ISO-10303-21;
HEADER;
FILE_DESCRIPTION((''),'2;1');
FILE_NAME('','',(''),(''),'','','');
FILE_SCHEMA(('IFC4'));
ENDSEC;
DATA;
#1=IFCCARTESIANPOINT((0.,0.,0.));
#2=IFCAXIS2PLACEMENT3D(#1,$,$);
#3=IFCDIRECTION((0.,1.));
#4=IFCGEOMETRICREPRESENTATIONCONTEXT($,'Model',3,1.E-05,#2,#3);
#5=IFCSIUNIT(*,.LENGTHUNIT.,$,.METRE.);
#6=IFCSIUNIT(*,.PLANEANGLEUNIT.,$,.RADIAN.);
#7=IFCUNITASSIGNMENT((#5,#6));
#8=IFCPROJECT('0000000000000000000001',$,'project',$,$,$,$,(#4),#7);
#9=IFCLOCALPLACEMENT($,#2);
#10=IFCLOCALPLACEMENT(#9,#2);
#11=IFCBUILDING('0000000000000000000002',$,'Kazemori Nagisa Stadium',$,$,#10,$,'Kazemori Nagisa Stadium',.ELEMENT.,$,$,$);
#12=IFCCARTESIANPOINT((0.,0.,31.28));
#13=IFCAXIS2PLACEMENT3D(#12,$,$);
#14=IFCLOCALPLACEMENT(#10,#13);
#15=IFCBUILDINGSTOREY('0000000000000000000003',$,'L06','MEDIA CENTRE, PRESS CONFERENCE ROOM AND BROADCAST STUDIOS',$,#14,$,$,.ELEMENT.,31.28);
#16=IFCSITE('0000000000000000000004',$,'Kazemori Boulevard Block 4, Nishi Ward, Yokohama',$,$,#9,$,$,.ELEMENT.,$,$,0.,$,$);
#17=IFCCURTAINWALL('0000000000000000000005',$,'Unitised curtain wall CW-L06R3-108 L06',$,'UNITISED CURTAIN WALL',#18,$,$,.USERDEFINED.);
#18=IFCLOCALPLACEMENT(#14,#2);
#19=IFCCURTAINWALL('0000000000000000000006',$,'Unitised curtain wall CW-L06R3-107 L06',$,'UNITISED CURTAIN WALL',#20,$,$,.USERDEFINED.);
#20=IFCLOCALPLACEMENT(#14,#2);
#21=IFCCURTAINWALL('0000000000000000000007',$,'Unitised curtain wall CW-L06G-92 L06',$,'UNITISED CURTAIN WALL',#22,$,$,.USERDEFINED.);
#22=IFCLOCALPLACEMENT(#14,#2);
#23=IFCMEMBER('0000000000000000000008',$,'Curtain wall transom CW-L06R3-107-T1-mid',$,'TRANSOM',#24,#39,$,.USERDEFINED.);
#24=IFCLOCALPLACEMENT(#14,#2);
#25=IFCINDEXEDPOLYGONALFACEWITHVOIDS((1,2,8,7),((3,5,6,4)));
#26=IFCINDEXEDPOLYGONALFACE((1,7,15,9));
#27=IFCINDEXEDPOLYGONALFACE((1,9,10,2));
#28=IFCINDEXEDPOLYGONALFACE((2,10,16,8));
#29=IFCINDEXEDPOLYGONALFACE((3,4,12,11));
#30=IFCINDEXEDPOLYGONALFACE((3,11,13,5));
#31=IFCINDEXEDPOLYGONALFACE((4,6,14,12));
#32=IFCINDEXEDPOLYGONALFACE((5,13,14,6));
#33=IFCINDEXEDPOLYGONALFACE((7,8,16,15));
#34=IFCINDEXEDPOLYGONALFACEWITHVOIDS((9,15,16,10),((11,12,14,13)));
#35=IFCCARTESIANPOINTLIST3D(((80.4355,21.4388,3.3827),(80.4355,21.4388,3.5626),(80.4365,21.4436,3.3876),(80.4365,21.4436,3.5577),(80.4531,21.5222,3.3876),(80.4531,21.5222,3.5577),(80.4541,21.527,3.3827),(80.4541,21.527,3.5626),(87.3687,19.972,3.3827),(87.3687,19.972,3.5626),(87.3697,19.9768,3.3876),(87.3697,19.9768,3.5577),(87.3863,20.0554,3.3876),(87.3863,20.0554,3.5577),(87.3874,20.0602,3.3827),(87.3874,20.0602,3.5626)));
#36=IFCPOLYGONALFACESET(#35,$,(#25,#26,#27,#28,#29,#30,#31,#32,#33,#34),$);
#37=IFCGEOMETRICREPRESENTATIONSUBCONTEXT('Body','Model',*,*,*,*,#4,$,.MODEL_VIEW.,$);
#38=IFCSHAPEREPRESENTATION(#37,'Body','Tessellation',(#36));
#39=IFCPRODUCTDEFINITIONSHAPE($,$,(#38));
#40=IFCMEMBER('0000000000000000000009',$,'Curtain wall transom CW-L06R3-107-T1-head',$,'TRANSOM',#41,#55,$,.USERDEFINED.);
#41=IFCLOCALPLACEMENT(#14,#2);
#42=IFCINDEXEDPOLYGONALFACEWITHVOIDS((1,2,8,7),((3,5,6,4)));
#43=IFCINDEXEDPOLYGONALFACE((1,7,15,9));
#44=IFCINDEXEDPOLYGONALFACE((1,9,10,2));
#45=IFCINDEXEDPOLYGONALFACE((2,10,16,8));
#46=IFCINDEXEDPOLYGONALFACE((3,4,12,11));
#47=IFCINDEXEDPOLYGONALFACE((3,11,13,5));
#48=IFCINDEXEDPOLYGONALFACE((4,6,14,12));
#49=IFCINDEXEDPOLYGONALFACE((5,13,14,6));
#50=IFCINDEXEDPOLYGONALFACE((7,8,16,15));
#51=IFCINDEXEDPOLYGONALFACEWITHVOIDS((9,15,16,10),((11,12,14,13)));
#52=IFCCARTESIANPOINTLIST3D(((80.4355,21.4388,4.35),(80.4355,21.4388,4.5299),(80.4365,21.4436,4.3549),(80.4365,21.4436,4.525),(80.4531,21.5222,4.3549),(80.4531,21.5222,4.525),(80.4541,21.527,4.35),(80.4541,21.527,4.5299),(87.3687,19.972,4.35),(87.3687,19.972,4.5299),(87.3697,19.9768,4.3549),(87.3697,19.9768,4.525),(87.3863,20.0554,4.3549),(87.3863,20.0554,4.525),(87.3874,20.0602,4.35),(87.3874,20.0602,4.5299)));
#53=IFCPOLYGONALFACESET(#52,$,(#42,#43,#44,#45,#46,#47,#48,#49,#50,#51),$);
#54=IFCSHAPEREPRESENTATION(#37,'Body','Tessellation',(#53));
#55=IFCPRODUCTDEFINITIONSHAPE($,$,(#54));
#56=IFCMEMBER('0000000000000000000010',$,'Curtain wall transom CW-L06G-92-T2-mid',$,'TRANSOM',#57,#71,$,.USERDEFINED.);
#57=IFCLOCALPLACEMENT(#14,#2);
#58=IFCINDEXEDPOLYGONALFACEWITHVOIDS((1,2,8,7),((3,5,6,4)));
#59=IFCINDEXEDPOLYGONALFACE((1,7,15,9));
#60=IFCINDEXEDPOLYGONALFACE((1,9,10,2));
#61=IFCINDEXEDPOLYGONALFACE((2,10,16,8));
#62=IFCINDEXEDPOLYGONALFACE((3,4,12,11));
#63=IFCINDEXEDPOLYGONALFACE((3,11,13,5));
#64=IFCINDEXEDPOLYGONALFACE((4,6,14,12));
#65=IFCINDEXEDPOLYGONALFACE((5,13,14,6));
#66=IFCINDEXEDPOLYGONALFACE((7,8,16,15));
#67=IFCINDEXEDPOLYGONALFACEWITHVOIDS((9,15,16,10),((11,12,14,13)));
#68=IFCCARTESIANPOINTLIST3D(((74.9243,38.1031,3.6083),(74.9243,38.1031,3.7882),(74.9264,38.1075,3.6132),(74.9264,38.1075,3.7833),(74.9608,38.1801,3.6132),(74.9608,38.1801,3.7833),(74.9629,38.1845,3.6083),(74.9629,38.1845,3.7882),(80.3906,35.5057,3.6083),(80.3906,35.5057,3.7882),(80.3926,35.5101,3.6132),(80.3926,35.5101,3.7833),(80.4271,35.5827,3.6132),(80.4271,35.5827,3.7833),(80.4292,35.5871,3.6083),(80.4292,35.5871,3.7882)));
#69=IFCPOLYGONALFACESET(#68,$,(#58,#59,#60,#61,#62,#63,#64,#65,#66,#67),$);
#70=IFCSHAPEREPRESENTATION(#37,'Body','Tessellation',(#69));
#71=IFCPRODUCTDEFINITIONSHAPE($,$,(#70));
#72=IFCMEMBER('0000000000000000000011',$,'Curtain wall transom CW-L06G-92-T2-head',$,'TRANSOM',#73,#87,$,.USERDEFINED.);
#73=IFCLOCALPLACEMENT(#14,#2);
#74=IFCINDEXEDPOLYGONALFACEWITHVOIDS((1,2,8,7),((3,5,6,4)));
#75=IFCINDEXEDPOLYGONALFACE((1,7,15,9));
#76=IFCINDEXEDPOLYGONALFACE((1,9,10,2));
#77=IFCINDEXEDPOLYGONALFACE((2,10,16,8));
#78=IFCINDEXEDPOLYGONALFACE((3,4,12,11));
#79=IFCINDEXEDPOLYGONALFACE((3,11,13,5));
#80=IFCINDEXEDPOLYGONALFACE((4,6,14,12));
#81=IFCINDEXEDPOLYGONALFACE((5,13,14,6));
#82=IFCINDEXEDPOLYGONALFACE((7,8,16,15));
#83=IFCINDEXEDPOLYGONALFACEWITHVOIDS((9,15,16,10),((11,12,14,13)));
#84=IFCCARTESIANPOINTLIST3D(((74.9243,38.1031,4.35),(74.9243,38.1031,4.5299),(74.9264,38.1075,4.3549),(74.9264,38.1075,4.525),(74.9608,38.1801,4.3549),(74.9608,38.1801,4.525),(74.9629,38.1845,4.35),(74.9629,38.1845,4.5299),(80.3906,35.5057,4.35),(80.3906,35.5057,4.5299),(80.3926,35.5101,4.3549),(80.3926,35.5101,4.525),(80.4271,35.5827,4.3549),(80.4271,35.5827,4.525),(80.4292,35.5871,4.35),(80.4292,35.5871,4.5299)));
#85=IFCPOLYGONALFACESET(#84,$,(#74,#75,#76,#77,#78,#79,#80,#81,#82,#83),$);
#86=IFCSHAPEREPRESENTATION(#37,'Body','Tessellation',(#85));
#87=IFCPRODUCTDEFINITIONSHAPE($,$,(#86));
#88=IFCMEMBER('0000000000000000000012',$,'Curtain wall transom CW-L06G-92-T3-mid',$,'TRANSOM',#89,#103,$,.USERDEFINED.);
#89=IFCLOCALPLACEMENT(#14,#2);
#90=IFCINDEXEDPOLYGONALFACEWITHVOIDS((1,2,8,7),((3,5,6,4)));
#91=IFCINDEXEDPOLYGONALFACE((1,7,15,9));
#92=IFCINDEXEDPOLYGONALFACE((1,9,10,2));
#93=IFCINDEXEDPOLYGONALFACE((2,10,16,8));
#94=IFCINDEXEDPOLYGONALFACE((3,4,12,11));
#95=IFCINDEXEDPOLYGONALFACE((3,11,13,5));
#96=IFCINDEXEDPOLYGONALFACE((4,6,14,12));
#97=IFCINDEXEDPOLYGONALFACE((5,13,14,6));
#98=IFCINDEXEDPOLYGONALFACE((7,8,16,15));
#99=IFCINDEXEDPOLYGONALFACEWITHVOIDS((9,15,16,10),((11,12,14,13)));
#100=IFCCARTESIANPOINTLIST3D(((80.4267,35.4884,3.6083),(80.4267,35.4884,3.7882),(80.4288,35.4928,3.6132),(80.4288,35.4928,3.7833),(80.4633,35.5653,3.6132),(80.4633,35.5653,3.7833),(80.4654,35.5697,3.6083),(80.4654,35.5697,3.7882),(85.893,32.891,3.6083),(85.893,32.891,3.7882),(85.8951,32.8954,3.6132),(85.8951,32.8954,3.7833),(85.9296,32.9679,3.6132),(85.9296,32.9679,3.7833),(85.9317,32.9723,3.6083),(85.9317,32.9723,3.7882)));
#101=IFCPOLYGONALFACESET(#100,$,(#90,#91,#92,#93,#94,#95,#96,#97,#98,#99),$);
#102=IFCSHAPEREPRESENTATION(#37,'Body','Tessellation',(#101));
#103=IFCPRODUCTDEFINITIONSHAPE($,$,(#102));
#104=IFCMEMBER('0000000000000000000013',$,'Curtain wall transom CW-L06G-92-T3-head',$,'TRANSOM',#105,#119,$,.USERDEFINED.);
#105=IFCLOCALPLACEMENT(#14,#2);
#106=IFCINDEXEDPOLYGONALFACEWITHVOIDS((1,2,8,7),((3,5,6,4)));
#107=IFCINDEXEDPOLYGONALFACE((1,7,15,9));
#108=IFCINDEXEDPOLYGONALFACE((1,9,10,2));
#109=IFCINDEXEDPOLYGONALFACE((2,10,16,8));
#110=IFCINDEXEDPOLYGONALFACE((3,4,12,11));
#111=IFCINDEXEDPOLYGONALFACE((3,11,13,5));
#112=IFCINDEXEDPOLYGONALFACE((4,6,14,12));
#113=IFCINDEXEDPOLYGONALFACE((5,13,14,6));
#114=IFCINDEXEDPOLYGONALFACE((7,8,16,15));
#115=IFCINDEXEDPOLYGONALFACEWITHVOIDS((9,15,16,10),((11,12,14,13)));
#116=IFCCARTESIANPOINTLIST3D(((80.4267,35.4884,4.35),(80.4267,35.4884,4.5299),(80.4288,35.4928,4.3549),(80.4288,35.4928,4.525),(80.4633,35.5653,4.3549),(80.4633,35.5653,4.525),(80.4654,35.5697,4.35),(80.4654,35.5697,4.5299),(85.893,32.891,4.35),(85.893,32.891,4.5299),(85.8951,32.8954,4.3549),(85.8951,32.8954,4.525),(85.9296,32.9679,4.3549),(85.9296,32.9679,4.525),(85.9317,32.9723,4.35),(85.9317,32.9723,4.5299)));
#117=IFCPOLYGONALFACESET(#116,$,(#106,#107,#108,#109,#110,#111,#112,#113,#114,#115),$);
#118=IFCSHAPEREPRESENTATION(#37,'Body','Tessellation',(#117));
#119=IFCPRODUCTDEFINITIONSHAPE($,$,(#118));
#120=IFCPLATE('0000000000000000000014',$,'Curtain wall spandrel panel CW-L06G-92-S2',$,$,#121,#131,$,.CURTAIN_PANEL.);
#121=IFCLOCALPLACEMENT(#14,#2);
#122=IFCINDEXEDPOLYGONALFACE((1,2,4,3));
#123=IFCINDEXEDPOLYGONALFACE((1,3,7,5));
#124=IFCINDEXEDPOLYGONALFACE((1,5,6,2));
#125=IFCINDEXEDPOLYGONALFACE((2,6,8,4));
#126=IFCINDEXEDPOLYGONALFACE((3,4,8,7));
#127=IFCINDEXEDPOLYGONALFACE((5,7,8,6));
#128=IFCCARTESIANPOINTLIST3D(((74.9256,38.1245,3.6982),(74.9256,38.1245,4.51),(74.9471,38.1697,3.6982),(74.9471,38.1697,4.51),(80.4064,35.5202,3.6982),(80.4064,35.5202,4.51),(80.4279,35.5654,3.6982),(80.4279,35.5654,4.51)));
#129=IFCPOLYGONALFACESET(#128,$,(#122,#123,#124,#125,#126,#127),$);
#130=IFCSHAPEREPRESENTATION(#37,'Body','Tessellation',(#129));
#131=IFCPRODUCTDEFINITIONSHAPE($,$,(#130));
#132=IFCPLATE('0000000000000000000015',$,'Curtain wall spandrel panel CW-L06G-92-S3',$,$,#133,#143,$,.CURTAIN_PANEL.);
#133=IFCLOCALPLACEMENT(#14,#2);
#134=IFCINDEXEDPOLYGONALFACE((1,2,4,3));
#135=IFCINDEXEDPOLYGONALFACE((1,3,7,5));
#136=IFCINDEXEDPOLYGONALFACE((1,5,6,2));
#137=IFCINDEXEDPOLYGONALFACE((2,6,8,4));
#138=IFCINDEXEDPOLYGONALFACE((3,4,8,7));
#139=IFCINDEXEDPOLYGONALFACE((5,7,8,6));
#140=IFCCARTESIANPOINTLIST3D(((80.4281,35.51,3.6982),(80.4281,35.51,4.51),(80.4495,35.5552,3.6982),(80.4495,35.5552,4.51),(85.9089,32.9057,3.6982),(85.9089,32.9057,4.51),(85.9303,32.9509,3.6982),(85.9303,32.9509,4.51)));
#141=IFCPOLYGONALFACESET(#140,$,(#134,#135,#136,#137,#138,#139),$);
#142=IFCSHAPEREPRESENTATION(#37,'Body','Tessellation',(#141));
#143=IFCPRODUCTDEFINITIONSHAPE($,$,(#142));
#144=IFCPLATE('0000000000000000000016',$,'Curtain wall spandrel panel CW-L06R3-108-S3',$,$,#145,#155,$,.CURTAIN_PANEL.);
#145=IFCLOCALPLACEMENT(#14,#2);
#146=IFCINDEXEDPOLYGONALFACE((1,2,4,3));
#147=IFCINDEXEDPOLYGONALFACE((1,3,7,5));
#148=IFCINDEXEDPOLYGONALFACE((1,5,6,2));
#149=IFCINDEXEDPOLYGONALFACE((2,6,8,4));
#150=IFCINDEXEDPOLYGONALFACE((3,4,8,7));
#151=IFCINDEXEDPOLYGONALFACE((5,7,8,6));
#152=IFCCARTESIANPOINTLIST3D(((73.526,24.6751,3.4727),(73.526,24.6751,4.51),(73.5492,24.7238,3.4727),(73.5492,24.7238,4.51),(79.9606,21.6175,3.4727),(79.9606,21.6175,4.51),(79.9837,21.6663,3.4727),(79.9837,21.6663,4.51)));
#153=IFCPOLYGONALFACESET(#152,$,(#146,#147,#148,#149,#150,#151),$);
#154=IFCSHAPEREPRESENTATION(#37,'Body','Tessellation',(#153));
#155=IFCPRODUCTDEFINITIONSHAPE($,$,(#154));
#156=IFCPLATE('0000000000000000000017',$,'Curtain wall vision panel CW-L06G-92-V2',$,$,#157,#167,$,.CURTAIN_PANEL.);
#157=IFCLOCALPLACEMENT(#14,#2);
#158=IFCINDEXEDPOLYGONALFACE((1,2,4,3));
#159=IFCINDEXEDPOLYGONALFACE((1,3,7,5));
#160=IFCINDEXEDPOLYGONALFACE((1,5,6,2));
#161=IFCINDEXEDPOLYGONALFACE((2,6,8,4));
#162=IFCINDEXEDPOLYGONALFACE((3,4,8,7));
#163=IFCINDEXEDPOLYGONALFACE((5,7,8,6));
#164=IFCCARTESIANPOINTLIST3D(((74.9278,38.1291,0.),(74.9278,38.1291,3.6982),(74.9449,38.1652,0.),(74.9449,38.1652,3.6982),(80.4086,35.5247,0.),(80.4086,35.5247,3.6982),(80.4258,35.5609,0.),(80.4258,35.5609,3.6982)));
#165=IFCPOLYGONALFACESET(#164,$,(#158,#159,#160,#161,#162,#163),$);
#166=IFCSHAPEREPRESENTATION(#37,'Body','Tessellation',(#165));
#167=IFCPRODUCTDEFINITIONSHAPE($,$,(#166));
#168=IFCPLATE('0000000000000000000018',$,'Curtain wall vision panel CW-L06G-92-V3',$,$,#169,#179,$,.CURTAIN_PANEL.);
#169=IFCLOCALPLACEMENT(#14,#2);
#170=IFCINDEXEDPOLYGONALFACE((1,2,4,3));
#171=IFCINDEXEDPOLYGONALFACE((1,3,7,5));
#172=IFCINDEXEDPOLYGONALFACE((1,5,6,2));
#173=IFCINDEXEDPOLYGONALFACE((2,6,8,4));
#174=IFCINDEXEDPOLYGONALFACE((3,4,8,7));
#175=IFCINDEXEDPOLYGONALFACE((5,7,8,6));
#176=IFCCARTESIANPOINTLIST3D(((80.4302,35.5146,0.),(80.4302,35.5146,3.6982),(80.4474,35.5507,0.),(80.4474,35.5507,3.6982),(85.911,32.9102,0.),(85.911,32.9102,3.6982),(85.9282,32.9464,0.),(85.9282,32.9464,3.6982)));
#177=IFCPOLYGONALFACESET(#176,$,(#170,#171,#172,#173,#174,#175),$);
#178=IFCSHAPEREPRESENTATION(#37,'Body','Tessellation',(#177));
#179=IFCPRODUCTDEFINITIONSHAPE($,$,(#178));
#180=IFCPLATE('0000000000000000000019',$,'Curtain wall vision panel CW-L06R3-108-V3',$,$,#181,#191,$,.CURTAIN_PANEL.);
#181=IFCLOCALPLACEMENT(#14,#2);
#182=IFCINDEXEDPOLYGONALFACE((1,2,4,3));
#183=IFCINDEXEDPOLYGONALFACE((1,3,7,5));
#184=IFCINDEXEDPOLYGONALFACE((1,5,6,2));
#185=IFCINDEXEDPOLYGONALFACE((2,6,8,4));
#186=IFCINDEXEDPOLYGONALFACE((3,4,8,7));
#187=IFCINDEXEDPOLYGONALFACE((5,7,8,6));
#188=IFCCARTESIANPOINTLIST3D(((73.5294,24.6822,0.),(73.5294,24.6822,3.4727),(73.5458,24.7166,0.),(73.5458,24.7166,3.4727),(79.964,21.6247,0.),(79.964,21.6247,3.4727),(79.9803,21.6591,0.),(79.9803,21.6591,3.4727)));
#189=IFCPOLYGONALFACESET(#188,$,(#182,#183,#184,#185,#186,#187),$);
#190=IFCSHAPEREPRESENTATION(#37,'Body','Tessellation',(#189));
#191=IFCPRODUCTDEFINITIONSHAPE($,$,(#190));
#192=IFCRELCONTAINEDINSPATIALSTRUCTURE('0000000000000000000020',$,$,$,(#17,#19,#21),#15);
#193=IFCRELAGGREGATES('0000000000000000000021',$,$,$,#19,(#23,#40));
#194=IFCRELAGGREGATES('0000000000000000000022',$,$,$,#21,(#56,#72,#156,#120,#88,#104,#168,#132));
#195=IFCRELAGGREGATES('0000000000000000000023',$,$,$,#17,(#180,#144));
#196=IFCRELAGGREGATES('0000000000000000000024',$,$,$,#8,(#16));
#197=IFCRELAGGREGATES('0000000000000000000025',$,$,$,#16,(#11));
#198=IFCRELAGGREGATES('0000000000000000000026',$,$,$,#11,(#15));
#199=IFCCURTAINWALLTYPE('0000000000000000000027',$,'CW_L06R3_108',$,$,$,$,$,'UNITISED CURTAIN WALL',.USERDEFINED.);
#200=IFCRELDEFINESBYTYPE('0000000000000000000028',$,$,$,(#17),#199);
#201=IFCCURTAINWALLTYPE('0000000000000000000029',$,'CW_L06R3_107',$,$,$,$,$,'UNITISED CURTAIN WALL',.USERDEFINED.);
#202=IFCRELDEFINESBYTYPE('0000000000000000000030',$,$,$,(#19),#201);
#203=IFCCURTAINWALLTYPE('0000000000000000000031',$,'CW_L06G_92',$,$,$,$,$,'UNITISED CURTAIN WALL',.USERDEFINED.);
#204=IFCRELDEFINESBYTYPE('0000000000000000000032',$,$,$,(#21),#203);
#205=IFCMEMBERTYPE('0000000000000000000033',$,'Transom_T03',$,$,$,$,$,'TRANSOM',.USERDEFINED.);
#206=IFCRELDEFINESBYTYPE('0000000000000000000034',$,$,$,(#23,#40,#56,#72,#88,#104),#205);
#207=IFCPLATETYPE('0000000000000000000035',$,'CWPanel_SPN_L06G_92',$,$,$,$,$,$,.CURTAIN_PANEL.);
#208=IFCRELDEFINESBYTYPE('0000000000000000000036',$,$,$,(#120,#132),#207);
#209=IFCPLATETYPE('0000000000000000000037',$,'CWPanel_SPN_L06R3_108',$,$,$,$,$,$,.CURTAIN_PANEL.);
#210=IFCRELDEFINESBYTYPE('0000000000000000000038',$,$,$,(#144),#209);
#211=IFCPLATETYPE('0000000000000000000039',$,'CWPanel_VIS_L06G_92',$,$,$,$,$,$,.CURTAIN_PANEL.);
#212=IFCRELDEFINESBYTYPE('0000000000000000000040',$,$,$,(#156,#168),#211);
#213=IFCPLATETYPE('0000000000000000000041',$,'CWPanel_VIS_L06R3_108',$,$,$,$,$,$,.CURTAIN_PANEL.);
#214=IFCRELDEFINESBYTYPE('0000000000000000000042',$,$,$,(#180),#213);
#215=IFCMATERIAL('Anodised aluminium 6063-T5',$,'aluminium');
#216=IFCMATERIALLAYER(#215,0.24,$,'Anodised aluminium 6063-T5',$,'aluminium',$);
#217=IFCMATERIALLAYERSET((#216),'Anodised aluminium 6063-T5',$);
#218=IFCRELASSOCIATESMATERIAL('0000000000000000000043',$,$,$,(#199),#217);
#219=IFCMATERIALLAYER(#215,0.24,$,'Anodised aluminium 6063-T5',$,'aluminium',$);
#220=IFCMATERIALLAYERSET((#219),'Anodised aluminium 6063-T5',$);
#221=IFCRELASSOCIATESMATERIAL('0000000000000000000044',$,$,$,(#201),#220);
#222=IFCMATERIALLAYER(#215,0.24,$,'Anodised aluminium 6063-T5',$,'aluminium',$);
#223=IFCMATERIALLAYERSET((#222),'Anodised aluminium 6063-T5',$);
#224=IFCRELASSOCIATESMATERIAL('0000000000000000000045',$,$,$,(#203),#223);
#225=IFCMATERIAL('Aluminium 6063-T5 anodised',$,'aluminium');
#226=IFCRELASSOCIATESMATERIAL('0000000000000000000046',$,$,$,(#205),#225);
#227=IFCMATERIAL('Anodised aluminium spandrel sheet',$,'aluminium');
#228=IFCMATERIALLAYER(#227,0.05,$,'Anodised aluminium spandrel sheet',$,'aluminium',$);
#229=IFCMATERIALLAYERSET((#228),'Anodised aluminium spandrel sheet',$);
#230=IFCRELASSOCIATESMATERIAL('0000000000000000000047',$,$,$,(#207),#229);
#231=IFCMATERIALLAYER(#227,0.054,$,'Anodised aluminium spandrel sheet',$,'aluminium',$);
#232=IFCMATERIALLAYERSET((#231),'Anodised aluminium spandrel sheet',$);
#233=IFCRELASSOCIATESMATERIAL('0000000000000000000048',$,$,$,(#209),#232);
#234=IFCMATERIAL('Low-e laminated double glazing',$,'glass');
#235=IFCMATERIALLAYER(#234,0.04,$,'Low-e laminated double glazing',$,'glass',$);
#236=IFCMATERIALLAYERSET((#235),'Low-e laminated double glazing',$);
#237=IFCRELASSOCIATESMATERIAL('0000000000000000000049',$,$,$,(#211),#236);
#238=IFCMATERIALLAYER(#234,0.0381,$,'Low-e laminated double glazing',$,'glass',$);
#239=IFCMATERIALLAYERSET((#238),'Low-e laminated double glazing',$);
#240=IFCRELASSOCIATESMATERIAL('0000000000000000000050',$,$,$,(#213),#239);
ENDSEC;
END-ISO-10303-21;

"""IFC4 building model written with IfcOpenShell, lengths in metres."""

from ifc_helpers import new_model, si_unit, direction, frame, origin, origin_2d, place, context, subcontext, project, spatial, rectangle, hollow_rectangle, extrude, material, layer, layer_set, material_profile, profile_set, type_object, element, aggregate, save


model = new_model("IFC4")

# Units and contexts
model_context = context("Model", 3, precision=1e-05, world=origin(), true_north=direction((0.0, 1.0)))
body_context = subcontext(model_context, "Body", "Model", "MODEL_VIEW")
ifc_project = project(units=[si_unit("LENGTHUNIT", "METRE"), si_unit("PLANEANGLEUNIT", "RADIAN")], contexts=[model_context])

# Site, building, storey
site_placement = place(None, origin())
site = spatial("IfcSite", under=ifc_project, at=site_placement, Name="Kazemori Boulevard Block 4, Nishi Ward, Yokohama", CompositionType="ELEMENT", RefElevation=0.0)
building_placement = place(site_placement, origin())
building = spatial("IfcBuilding", under=site, at=building_placement, Name="Kazemori Nagisa Stadium", LongName="Kazemori Nagisa Stadium", CompositionType="ELEMENT")
storey_placement = place(building_placement, frame((0.0, 0.0, 31.28)))
storey = spatial("IfcBuildingStorey", under=building, at=storey_placement, Name="L06", Description="MEDIA CENTRE, PRESS CONFERENCE ROOM AND BROADCAST STUDIOS", CompositionType="ELEMENT", Elevation=31.28)

# Curtain walls
ifc_material_1 = material(Name="Anodised aluminium 6063-T5", Category="aluminium")
ifc_layer_1 = layer(ifc_material_1, 0.24, Name="Anodised aluminium 6063-T5", Category="aluminium")
ifc_layer_set_1 = layer_set([ifc_layer_1], Name="Anodised aluminium 6063-T5")
curtain_wall_type_1 = type_object("IfcCurtainWallType", Name="CW_L06R3_108", ElementType="UNITISED CURTAIN WALL", PredefinedType="USERDEFINED", material=ifc_layer_set_1)
curtain_wall_1_placement = place(storey_placement, origin())
curtain_wall_1 = element("IfcCurtainWall", 1, at=curtain_wall_1_placement, inside=storey, type_object=curtain_wall_type_1, Name="Unitised curtain wall CW-L06R3-108 L06", ObjectType="UNITISED CURTAIN WALL", PredefinedType="USERDEFINED")
ifc_material_2 = material(Name="Aluminium 6063-T5 anodised", Category="aluminium")
ifc_layer_2 = layer(ifc_material_1, 0.24, Name="Anodised aluminium 6063-T5", Category="aluminium")
ifc_layer_set_2 = layer_set([ifc_layer_2], Name="Anodised aluminium 6063-T5")
curtain_wall_type_2 = type_object("IfcCurtainWallType", Name="CW_L06R3_107", ElementType="UNITISED CURTAIN WALL", PredefinedType="USERDEFINED", material=ifc_layer_set_2)
curtain_wall_2_placement = place(storey_placement, origin())
curtain_wall_2 = element("IfcCurtainWall", 2, at=curtain_wall_2_placement, inside=storey, type_object=curtain_wall_type_2, Name="Unitised curtain wall CW-L06R3-107 L06", ObjectType="UNITISED CURTAIN WALL", PredefinedType="USERDEFINED")

# Curtain wall
ifc_layer_3 = layer(ifc_material_1, 0.24, Name="Anodised aluminium 6063-T5", Category="aluminium")
ifc_layer_set_3 = layer_set([ifc_layer_3], Name="Anodised aluminium 6063-T5")
curtain_wall_type_3 = type_object("IfcCurtainWallType", Name="CW_L06G_92", ElementType="UNITISED CURTAIN WALL", PredefinedType="USERDEFINED", material=ifc_layer_set_3)
curtain_wall_3_placement = place(storey_placement, origin())
curtain_wall_3 = element("IfcCurtainWall", 3, at=curtain_wall_3_placement, inside=storey, type_object=curtain_wall_type_3, Name="Unitised curtain wall CW-L06G-92 L06", ObjectType="UNITISED CURTAIN WALL", PredefinedType="USERDEFINED")

# Members
ifc_material_profile_1 = material_profile(ifc_material_2, hollow_rectangle(XDim=0.0901, YDim=0.1799, WallThickness=0.0049, at=origin_2d()), Name="ALU-TRAN-90x180x5")
ifc_profile_set_1 = profile_set([ifc_material_profile_1], Name="Aluminium 6063-T5 anodised")
member_type_1 = type_object("IfcMemberType", Name="Transom_T03", ElementType="TRANSOM", PredefinedType="USERDEFINED", material=ifc_profile_set_1)
member_1_placement = place(storey_placement, frame((80.4448, 21.4829, 3.4727), z_axis=(0.978345, -0.206983, 0.0), x_axis=(0.206983, 0.978345, 0.0)))
member_1 = element("IfcMember", 4, at=member_1_placement, type_object=member_type_1, Name="Curtain wall transom CW-L06R3-107-T1-mid", ObjectType="TRANSOM", PredefinedType="USERDEFINED", context=body_context, shape_type="SweptSolid", body=[
    extrude(hollow_rectangle(XDim=0.0901, YDim=0.1799, WallThickness=0.0049, at=origin_2d()), origin(), (0.0, 0.0, 1.0), 7.0867),
])
member_2_placement = place(storey_placement, frame((80.4448, 21.4829, 4.4399), z_axis=(0.978345, -0.206983, 0.0), x_axis=(0.206983, 0.978345, 0.0)))
member_2 = element("IfcMember", 5, at=member_2_placement, type_object=member_type_1, Name="Curtain wall transom CW-L06R3-107-T1-head", ObjectType="TRANSOM", PredefinedType="USERDEFINED", context=body_context, shape_type="SweptSolid", body=[
    extrude(hollow_rectangle(XDim=0.0901, YDim=0.1799, WallThickness=0.0049, at=origin_2d()), origin(), (0.0, 0.0, 1.0), 7.0867),
])
aggregate(curtain_wall_2, [member_1, member_2])
member_3_placement = place(storey_placement, frame((74.9436, 38.1438, 3.6982), z_axis=(0.903219, -0.42918, 0.0), x_axis=(0.42918, 0.903219, 0.0)))
member_3 = element("IfcMember", 6, at=member_3_placement, type_object=member_type_1, Name="Curtain wall transom CW-L06G-92-T2-mid", ObjectType="TRANSOM", PredefinedType="USERDEFINED", context=body_context, shape_type="SweptSolid", body=[
    extrude(hollow_rectangle(XDim=0.0901, YDim=0.1799, WallThickness=0.0049, at=origin_2d()), origin(), (0.0, 0.0, 1.0), 6.052),
])
member_4_placement = place(storey_placement, frame((74.9436, 38.1438, 4.4399), z_axis=(0.903219, -0.42918, 0.0), x_axis=(0.42918, 0.903219, 0.0)))
member_4 = element("IfcMember", 7, at=member_4_placement, type_object=member_type_1, Name="Curtain wall transom CW-L06G-92-T2-head", ObjectType="TRANSOM", PredefinedType="USERDEFINED", context=body_context, shape_type="SweptSolid", body=[
    extrude(hollow_rectangle(XDim=0.0901, YDim=0.1799, WallThickness=0.0049, at=origin_2d()), origin(), (0.0, 0.0, 1.0), 6.052),
])
member_5_placement = place(storey_placement, frame((80.446, 35.5291, 3.6982), z_axis=(0.903219, -0.42918, 0.0), x_axis=(0.42918, 0.903219, 0.0)))
member_5 = element("IfcMember", 8, at=member_5_placement, type_object=member_type_1, Name="Curtain wall transom CW-L06G-92-T3-mid", ObjectType="TRANSOM", PredefinedType="USERDEFINED", context=body_context, shape_type="SweptSolid", body=[
    extrude(hollow_rectangle(XDim=0.0901, YDim=0.1799, WallThickness=0.0049, at=origin_2d()), origin(), (0.0, 0.0, 1.0), 6.052),
])
member_6_placement = place(storey_placement, frame((80.446, 35.5291, 4.4399), z_axis=(0.903219, -0.42918, 0.0), x_axis=(0.42918, 0.903219, 0.0)))
member_6 = element("IfcMember", 9, at=member_6_placement, type_object=member_type_1, Name="Curtain wall transom CW-L06G-92-T3-head", ObjectType="TRANSOM", PredefinedType="USERDEFINED", context=body_context, shape_type="SweptSolid", body=[
    extrude(hollow_rectangle(XDim=0.0901, YDim=0.1799, WallThickness=0.0049, at=origin_2d()), origin(), (0.0, 0.0, 1.0), 6.052),
])

# Plates
ifc_material_3 = material(Name="Anodised aluminium spandrel sheet", Category="aluminium")
ifc_layer_4 = layer(ifc_material_3, 0.05, Name="Anodised aluminium spandrel sheet", Category="aluminium")
ifc_layer_set_4 = layer_set([ifc_layer_4], Name="Anodised aluminium spandrel sheet")
plate_type_1 = type_object("IfcPlateType", Name="CWPanel_SPN_L06G_92", PredefinedType="CURTAIN_PANEL", material=ifc_layer_set_4)
plate_1_placement = place(storey_placement, frame((77.6768, 36.845, 3.6982), z_axis=(0.0, 0.0, 1.0), x_axis=(0.903216, -0.429186, 0.0)))
plate_1 = element("IfcPlate", 10, at=plate_1_placement, type_object=plate_type_1, Name="Curtain wall spandrel panel CW-L06G-92-S2", PredefinedType="CURTAIN_PANEL", context=body_context, shape_type="SweptSolid", body=[
    extrude(rectangle(XDim=6.0681, YDim=0.05, at=origin_2d()), origin(), (0.0, 0.0, 1.0), 0.8118),
])
plate_2_placement = place(storey_placement, frame((83.1792, 34.2305, 3.6982), z_axis=(0.0, 0.0, 1.0), x_axis=(0.903216, -0.429186, 0.0)))
plate_2 = element("IfcPlate", 11, at=plate_2_placement, type_object=plate_type_1, Name="Curtain wall spandrel panel CW-L06G-92-S3", PredefinedType="CURTAIN_PANEL", context=body_context, shape_type="SweptSolid", body=[
    extrude(rectangle(XDim=6.0681, YDim=0.05, at=origin_2d()), origin(), (0.0, 0.0, 1.0), 0.8118),
])
ifc_layer_5 = layer(ifc_material_3, 0.054, Name="Anodised aluminium spandrel sheet", Category="aluminium")
ifc_layer_set_5 = layer_set([ifc_layer_5], Name="Anodised aluminium spandrel sheet")
plate_type_2 = type_object("IfcPlateType", Name="CWPanel_SPN_L06R3_108", PredefinedType="CURTAIN_PANEL", material=ifc_layer_set_5)
plate_3_placement = place(storey_placement, frame((76.7549, 23.1707, 3.4727), z_axis=(0.0, 0.0, 1.0), x_axis=(0.903216, -0.429186, 0.0)))
plate_3 = element("IfcPlate", 12, at=plate_3_placement, type_object=plate_type_2, Name="Curtain wall spandrel panel CW-L06R3-108-S3", PredefinedType="CURTAIN_PANEL", context=body_context, shape_type="SweptSolid", body=[
    extrude(rectangle(XDim=7.124, YDim=0.054, at=origin_2d()), origin(), (0.0, 0.0, 1.0), 1.0374),
])
ifc_material_4 = material(Name="Low-e laminated double glazing", Category="glass")
ifc_layer_6 = layer(ifc_material_4, 0.04, Name="Low-e laminated double glazing", Category="glass")
ifc_layer_set_6 = layer_set([ifc_layer_6], Name="Low-e laminated double glazing")
plate_type_3 = type_object("IfcPlateType", Name="CWPanel_VIS_L06G_92", PredefinedType="CURTAIN_PANEL", material=ifc_layer_set_6)
plate_4_placement = place(storey_placement, frame((77.6768, 36.845, 0.0), z_axis=(0.0, 0.0, 1.0), x_axis=(0.903216, -0.429186, 0.0)))
plate_4 = element("IfcPlate", 13, at=plate_4_placement, type_object=plate_type_3, Name="Curtain wall vision panel CW-L06G-92-V2", PredefinedType="CURTAIN_PANEL", context=body_context, shape_type="SweptSolid", body=[
    extrude(rectangle(XDim=6.0681, YDim=0.04, at=origin_2d()), origin(), (0.0, 0.0, 1.0), 3.6982),
])
plate_5_placement = place(storey_placement, frame((83.1792, 34.2305, 0.0), z_axis=(0.0, 0.0, 1.0), x_axis=(0.903216, -0.429186, 0.0)))
plate_5 = element("IfcPlate", 14, at=plate_5_placement, type_object=plate_type_3, Name="Curtain wall vision panel CW-L06G-92-V3", PredefinedType="CURTAIN_PANEL", context=body_context, shape_type="SweptSolid", body=[
    extrude(rectangle(XDim=6.0681, YDim=0.04, at=origin_2d()), origin(), (0.0, 0.0, 1.0), 3.6982),
])
aggregate(curtain_wall_3, [member_3, member_4, plate_4, plate_1, member_5, member_6, plate_5, plate_2])
ifc_layer_7 = layer(ifc_material_4, 0.0381, Name="Low-e laminated double glazing", Category="glass")
ifc_layer_set_7 = layer_set([ifc_layer_7], Name="Low-e laminated double glazing")
plate_type_4 = type_object("IfcPlateType", Name="CWPanel_VIS_L06R3_108", PredefinedType="CURTAIN_PANEL", material=ifc_layer_set_7)
plate_6_placement = place(storey_placement, frame((76.7549, 23.1707, 0.0), z_axis=(0.0, 0.0, 1.0), x_axis=(0.903216, -0.429186, 0.0)))
plate_6 = element("IfcPlate", 15, at=plate_6_placement, type_object=plate_type_4, Name="Curtain wall vision panel CW-L06R3-108-V3", PredefinedType="CURTAIN_PANEL", context=body_context, shape_type="SweptSolid", body=[
    extrude(rectangle(XDim=7.124, YDim=0.0381, at=origin_2d()), origin(), (0.0, 0.0, 1.0), 3.4727),
])
aggregate(curtain_wall_1, [plate_6, plate_3])

save(model, "model.ifc")
